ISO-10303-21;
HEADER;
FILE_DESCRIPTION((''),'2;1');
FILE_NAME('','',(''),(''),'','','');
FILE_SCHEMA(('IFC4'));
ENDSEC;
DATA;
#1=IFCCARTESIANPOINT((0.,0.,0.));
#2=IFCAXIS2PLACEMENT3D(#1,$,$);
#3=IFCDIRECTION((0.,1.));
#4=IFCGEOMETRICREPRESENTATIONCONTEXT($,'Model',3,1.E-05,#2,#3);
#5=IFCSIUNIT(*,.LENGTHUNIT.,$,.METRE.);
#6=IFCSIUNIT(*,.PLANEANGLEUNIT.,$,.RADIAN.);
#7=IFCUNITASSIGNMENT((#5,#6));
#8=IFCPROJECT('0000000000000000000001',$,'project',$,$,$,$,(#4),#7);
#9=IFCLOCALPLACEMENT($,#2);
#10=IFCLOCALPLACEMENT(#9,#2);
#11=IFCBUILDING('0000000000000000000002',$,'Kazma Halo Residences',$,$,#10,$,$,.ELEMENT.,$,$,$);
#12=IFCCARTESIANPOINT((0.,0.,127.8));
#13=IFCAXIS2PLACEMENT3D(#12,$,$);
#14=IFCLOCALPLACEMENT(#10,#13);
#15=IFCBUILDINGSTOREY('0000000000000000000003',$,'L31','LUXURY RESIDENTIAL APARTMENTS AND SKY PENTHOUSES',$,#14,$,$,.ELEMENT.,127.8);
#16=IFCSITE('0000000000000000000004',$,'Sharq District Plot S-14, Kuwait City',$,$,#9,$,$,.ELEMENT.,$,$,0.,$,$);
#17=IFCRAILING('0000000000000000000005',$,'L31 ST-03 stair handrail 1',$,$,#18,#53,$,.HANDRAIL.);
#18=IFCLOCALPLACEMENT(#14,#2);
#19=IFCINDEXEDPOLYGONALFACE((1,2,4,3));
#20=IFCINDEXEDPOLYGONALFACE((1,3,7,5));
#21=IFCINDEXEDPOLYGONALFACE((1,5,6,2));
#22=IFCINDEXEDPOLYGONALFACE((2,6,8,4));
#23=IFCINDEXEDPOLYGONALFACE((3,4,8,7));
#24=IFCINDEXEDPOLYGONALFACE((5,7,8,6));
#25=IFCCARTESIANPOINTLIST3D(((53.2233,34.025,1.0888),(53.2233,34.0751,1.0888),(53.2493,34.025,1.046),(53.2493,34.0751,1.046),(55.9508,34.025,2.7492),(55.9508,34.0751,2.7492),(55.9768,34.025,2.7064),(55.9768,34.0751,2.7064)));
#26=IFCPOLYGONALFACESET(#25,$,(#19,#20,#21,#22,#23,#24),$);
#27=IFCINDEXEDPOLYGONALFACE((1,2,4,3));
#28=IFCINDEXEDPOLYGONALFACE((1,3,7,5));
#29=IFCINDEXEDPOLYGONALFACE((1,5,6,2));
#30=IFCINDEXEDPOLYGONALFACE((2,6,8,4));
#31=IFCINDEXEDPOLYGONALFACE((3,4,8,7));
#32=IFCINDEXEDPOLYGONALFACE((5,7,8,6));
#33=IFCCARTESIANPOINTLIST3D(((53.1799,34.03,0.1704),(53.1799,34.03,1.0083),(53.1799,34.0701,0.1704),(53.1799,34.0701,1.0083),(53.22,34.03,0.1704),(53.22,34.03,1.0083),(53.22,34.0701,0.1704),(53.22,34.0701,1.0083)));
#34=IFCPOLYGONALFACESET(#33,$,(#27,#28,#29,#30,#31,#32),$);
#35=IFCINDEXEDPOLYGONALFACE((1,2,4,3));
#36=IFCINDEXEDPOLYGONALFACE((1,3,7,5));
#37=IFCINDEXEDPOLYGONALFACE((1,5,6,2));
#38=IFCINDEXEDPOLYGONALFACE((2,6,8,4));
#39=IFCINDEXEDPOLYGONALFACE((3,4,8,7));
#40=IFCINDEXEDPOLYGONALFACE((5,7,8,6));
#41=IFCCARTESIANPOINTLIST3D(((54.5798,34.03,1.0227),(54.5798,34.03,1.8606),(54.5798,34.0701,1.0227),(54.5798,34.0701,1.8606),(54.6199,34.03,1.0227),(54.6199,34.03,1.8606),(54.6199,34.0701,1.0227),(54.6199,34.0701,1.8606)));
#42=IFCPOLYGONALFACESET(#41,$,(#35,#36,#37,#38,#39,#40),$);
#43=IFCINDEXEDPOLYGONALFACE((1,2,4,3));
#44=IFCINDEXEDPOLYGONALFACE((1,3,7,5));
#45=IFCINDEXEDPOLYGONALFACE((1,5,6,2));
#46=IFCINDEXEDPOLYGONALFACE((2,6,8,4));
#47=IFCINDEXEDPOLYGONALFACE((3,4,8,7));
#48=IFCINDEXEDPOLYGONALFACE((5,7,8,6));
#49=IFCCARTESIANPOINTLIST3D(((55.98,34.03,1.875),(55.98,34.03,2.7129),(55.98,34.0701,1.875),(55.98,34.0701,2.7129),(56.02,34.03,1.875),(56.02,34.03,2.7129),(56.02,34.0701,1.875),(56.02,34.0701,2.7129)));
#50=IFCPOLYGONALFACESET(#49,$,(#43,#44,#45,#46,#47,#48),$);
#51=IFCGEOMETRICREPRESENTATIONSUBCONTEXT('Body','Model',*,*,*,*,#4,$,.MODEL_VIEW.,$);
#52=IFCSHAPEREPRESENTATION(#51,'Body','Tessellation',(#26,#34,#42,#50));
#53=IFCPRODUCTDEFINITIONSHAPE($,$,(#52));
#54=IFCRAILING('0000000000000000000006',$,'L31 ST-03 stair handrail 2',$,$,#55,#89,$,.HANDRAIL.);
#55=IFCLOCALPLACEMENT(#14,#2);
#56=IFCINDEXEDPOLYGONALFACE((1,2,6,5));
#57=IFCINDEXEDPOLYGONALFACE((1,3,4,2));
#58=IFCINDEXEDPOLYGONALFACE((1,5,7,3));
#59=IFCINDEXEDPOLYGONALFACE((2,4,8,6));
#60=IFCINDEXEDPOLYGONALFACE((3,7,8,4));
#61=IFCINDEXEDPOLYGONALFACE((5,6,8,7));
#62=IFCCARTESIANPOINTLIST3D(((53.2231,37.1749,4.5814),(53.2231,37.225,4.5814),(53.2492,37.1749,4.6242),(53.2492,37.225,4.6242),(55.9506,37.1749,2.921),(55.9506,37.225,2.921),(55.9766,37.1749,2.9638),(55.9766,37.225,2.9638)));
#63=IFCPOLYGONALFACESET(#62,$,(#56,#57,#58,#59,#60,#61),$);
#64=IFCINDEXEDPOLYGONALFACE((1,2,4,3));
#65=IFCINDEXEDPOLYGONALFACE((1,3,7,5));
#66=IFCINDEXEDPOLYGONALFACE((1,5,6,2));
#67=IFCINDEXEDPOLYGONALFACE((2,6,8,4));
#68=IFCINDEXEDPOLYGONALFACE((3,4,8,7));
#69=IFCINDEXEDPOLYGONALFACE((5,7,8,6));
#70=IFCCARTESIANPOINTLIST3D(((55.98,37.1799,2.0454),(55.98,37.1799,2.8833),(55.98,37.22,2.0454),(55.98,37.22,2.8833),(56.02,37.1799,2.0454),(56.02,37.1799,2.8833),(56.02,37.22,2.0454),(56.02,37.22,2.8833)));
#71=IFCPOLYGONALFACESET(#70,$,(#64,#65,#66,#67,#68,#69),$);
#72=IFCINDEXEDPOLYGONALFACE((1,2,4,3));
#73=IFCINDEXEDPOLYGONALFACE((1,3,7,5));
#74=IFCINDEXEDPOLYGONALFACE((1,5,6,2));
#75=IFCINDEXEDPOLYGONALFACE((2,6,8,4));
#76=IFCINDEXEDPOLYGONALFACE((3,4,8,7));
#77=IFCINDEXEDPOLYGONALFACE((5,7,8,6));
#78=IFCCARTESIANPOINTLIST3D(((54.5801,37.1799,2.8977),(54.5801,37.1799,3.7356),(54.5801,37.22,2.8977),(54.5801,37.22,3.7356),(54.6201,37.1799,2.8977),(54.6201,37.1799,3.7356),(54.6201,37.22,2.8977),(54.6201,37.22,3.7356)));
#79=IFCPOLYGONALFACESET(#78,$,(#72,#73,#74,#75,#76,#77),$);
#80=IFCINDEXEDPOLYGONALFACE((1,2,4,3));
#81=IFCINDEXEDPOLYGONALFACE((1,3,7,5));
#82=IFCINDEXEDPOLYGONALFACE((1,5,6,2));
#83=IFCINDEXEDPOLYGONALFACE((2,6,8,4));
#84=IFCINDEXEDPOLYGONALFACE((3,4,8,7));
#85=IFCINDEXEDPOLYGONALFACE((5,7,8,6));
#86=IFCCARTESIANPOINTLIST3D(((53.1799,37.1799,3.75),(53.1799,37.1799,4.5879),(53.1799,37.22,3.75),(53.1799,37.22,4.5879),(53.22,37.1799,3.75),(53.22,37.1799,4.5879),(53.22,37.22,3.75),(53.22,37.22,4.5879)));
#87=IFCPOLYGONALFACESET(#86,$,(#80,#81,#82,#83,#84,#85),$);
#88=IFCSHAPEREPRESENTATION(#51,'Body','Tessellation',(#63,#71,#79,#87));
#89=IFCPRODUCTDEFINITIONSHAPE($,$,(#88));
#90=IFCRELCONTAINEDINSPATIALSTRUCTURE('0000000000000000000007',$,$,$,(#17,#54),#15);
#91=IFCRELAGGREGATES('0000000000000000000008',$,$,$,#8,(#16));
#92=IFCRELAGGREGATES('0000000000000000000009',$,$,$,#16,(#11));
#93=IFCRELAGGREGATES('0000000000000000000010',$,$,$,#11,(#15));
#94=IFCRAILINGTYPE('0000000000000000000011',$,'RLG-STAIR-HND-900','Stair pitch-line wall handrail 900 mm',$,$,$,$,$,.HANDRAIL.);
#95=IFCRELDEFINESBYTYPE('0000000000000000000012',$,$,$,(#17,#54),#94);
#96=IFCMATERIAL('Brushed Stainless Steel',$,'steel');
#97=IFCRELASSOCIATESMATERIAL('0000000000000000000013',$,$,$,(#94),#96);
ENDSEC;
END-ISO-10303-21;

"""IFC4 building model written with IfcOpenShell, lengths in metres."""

from ifc_helpers import new_model, si_unit, direction, frame, origin, origin_2d, place, context, subcontext, project, spatial, rectangle, extrude, material, type_object, element, save


model = new_model("IFC4")

# Units and contexts
model_context = context("Model", 3, precision=1e-05, world=origin(), true_north=direction((0.0, 1.0)))
body_context = subcontext(model_context, "Body", "Model", "MODEL_VIEW")
ifc_project = project(units=[si_unit("LENGTHUNIT", "METRE"), si_unit("PLANEANGLEUNIT", "RADIAN")], contexts=[model_context])

# Site, building, storey
site_placement = place(None, origin())
site = spatial("IfcSite", under=ifc_project, at=site_placement, Name="Sharq District Plot S-14, Kuwait City", CompositionType="ELEMENT", RefElevation=0.0)
building_placement = place(site_placement, origin())
building = spatial("IfcBuilding", under=site, at=building_placement, Name="Kazma Halo Residences", CompositionType="ELEMENT")
storey_placement = place(building_placement, frame((0.0, 0.0, 127.8)))
storey = spatial("IfcBuildingStorey", under=building, at=storey_placement, Name="L31", Description="LUXURY RESIDENTIAL APARTMENTS AND SKY PENTHOUSES", CompositionType="ELEMENT", Elevation=127.8)

# Railings
ifc_material_1 = material(Name="Brushed Stainless Steel", Category="steel")
railing_type_1 = type_object("IfcRailingType", Name="RLG-STAIR-HND-900", Description="Stair pitch-line wall handrail 900 mm", PredefinedType="HANDRAIL", material=ifc_material_1)
railing_1_placement = place(storey_placement, frame((53.2, 34.05, 0.1704)))
element("IfcRailing", 1, at=railing_1_placement, inside=storey, type_object=railing_type_1, Name="L31 ST-03 stair handrail 1", PredefinedType="HANDRAIL", context=body_context, shape_type="SweptSolid", body=[
    extrude(rectangle(XDim=0.05, YDim=0.05, at=origin_2d()), frame((0.0364, 0.0, 0.897), z_axis=(0.85417, 0.0, 0.519994), x_axis=(0.0, 1.0, 0.0)), (0.0, 0.0, 1.0), 3.1931),
    extrude(rectangle(XDim=0.04, YDim=0.04, at=origin_2d()), origin(), (0.0, 0.0, 1.0), 0.8379),
    extrude(rectangle(XDim=0.04, YDim=0.04, at=origin_2d()), frame((1.3999, 0.0, 0.8523)), (0.0, 0.0, 1.0), 0.8379),
    extrude(rectangle(XDim=0.04, YDim=0.04, at=origin_2d()), frame((2.8, 0.0, 1.7046)), (0.0, 0.0, 1.0), 0.8379),
])
railing_2_placement = place(storey_placement, frame((56.0, 37.2, 2.0454)))
element("IfcRailing", 2, at=railing_2_placement, inside=storey, type_object=railing_type_1, Name="L31 ST-03 stair handrail 2", PredefinedType="HANDRAIL", context=body_context, shape_type="SweptSolid", body=[
    extrude(rectangle(XDim=0.05, YDim=0.05, at=origin_2d()), frame((-0.0364, 0.0, 0.897), z_axis=(-0.85417, 0.0, 0.519994), x_axis=(0.0, -1.0, 0.0)), (0.0, 0.0, 1.0), 3.1931),
    extrude(rectangle(XDim=0.04, YDim=0.04, at=origin_2d()), origin(), (0.0, 0.0, 1.0), 0.8379),
    extrude(rectangle(XDim=0.04, YDim=0.04, at=origin_2d()), frame((-1.3999, 0.0, 0.8523)), (0.0, 0.0, 1.0), 0.8379),
    extrude(rectangle(XDim=0.04, YDim=0.04, at=origin_2d()), frame((-2.8, 0.0, 1.7046)), (0.0, 0.0, 1.0), 0.8379),
])

save(model, "model.ifc")
